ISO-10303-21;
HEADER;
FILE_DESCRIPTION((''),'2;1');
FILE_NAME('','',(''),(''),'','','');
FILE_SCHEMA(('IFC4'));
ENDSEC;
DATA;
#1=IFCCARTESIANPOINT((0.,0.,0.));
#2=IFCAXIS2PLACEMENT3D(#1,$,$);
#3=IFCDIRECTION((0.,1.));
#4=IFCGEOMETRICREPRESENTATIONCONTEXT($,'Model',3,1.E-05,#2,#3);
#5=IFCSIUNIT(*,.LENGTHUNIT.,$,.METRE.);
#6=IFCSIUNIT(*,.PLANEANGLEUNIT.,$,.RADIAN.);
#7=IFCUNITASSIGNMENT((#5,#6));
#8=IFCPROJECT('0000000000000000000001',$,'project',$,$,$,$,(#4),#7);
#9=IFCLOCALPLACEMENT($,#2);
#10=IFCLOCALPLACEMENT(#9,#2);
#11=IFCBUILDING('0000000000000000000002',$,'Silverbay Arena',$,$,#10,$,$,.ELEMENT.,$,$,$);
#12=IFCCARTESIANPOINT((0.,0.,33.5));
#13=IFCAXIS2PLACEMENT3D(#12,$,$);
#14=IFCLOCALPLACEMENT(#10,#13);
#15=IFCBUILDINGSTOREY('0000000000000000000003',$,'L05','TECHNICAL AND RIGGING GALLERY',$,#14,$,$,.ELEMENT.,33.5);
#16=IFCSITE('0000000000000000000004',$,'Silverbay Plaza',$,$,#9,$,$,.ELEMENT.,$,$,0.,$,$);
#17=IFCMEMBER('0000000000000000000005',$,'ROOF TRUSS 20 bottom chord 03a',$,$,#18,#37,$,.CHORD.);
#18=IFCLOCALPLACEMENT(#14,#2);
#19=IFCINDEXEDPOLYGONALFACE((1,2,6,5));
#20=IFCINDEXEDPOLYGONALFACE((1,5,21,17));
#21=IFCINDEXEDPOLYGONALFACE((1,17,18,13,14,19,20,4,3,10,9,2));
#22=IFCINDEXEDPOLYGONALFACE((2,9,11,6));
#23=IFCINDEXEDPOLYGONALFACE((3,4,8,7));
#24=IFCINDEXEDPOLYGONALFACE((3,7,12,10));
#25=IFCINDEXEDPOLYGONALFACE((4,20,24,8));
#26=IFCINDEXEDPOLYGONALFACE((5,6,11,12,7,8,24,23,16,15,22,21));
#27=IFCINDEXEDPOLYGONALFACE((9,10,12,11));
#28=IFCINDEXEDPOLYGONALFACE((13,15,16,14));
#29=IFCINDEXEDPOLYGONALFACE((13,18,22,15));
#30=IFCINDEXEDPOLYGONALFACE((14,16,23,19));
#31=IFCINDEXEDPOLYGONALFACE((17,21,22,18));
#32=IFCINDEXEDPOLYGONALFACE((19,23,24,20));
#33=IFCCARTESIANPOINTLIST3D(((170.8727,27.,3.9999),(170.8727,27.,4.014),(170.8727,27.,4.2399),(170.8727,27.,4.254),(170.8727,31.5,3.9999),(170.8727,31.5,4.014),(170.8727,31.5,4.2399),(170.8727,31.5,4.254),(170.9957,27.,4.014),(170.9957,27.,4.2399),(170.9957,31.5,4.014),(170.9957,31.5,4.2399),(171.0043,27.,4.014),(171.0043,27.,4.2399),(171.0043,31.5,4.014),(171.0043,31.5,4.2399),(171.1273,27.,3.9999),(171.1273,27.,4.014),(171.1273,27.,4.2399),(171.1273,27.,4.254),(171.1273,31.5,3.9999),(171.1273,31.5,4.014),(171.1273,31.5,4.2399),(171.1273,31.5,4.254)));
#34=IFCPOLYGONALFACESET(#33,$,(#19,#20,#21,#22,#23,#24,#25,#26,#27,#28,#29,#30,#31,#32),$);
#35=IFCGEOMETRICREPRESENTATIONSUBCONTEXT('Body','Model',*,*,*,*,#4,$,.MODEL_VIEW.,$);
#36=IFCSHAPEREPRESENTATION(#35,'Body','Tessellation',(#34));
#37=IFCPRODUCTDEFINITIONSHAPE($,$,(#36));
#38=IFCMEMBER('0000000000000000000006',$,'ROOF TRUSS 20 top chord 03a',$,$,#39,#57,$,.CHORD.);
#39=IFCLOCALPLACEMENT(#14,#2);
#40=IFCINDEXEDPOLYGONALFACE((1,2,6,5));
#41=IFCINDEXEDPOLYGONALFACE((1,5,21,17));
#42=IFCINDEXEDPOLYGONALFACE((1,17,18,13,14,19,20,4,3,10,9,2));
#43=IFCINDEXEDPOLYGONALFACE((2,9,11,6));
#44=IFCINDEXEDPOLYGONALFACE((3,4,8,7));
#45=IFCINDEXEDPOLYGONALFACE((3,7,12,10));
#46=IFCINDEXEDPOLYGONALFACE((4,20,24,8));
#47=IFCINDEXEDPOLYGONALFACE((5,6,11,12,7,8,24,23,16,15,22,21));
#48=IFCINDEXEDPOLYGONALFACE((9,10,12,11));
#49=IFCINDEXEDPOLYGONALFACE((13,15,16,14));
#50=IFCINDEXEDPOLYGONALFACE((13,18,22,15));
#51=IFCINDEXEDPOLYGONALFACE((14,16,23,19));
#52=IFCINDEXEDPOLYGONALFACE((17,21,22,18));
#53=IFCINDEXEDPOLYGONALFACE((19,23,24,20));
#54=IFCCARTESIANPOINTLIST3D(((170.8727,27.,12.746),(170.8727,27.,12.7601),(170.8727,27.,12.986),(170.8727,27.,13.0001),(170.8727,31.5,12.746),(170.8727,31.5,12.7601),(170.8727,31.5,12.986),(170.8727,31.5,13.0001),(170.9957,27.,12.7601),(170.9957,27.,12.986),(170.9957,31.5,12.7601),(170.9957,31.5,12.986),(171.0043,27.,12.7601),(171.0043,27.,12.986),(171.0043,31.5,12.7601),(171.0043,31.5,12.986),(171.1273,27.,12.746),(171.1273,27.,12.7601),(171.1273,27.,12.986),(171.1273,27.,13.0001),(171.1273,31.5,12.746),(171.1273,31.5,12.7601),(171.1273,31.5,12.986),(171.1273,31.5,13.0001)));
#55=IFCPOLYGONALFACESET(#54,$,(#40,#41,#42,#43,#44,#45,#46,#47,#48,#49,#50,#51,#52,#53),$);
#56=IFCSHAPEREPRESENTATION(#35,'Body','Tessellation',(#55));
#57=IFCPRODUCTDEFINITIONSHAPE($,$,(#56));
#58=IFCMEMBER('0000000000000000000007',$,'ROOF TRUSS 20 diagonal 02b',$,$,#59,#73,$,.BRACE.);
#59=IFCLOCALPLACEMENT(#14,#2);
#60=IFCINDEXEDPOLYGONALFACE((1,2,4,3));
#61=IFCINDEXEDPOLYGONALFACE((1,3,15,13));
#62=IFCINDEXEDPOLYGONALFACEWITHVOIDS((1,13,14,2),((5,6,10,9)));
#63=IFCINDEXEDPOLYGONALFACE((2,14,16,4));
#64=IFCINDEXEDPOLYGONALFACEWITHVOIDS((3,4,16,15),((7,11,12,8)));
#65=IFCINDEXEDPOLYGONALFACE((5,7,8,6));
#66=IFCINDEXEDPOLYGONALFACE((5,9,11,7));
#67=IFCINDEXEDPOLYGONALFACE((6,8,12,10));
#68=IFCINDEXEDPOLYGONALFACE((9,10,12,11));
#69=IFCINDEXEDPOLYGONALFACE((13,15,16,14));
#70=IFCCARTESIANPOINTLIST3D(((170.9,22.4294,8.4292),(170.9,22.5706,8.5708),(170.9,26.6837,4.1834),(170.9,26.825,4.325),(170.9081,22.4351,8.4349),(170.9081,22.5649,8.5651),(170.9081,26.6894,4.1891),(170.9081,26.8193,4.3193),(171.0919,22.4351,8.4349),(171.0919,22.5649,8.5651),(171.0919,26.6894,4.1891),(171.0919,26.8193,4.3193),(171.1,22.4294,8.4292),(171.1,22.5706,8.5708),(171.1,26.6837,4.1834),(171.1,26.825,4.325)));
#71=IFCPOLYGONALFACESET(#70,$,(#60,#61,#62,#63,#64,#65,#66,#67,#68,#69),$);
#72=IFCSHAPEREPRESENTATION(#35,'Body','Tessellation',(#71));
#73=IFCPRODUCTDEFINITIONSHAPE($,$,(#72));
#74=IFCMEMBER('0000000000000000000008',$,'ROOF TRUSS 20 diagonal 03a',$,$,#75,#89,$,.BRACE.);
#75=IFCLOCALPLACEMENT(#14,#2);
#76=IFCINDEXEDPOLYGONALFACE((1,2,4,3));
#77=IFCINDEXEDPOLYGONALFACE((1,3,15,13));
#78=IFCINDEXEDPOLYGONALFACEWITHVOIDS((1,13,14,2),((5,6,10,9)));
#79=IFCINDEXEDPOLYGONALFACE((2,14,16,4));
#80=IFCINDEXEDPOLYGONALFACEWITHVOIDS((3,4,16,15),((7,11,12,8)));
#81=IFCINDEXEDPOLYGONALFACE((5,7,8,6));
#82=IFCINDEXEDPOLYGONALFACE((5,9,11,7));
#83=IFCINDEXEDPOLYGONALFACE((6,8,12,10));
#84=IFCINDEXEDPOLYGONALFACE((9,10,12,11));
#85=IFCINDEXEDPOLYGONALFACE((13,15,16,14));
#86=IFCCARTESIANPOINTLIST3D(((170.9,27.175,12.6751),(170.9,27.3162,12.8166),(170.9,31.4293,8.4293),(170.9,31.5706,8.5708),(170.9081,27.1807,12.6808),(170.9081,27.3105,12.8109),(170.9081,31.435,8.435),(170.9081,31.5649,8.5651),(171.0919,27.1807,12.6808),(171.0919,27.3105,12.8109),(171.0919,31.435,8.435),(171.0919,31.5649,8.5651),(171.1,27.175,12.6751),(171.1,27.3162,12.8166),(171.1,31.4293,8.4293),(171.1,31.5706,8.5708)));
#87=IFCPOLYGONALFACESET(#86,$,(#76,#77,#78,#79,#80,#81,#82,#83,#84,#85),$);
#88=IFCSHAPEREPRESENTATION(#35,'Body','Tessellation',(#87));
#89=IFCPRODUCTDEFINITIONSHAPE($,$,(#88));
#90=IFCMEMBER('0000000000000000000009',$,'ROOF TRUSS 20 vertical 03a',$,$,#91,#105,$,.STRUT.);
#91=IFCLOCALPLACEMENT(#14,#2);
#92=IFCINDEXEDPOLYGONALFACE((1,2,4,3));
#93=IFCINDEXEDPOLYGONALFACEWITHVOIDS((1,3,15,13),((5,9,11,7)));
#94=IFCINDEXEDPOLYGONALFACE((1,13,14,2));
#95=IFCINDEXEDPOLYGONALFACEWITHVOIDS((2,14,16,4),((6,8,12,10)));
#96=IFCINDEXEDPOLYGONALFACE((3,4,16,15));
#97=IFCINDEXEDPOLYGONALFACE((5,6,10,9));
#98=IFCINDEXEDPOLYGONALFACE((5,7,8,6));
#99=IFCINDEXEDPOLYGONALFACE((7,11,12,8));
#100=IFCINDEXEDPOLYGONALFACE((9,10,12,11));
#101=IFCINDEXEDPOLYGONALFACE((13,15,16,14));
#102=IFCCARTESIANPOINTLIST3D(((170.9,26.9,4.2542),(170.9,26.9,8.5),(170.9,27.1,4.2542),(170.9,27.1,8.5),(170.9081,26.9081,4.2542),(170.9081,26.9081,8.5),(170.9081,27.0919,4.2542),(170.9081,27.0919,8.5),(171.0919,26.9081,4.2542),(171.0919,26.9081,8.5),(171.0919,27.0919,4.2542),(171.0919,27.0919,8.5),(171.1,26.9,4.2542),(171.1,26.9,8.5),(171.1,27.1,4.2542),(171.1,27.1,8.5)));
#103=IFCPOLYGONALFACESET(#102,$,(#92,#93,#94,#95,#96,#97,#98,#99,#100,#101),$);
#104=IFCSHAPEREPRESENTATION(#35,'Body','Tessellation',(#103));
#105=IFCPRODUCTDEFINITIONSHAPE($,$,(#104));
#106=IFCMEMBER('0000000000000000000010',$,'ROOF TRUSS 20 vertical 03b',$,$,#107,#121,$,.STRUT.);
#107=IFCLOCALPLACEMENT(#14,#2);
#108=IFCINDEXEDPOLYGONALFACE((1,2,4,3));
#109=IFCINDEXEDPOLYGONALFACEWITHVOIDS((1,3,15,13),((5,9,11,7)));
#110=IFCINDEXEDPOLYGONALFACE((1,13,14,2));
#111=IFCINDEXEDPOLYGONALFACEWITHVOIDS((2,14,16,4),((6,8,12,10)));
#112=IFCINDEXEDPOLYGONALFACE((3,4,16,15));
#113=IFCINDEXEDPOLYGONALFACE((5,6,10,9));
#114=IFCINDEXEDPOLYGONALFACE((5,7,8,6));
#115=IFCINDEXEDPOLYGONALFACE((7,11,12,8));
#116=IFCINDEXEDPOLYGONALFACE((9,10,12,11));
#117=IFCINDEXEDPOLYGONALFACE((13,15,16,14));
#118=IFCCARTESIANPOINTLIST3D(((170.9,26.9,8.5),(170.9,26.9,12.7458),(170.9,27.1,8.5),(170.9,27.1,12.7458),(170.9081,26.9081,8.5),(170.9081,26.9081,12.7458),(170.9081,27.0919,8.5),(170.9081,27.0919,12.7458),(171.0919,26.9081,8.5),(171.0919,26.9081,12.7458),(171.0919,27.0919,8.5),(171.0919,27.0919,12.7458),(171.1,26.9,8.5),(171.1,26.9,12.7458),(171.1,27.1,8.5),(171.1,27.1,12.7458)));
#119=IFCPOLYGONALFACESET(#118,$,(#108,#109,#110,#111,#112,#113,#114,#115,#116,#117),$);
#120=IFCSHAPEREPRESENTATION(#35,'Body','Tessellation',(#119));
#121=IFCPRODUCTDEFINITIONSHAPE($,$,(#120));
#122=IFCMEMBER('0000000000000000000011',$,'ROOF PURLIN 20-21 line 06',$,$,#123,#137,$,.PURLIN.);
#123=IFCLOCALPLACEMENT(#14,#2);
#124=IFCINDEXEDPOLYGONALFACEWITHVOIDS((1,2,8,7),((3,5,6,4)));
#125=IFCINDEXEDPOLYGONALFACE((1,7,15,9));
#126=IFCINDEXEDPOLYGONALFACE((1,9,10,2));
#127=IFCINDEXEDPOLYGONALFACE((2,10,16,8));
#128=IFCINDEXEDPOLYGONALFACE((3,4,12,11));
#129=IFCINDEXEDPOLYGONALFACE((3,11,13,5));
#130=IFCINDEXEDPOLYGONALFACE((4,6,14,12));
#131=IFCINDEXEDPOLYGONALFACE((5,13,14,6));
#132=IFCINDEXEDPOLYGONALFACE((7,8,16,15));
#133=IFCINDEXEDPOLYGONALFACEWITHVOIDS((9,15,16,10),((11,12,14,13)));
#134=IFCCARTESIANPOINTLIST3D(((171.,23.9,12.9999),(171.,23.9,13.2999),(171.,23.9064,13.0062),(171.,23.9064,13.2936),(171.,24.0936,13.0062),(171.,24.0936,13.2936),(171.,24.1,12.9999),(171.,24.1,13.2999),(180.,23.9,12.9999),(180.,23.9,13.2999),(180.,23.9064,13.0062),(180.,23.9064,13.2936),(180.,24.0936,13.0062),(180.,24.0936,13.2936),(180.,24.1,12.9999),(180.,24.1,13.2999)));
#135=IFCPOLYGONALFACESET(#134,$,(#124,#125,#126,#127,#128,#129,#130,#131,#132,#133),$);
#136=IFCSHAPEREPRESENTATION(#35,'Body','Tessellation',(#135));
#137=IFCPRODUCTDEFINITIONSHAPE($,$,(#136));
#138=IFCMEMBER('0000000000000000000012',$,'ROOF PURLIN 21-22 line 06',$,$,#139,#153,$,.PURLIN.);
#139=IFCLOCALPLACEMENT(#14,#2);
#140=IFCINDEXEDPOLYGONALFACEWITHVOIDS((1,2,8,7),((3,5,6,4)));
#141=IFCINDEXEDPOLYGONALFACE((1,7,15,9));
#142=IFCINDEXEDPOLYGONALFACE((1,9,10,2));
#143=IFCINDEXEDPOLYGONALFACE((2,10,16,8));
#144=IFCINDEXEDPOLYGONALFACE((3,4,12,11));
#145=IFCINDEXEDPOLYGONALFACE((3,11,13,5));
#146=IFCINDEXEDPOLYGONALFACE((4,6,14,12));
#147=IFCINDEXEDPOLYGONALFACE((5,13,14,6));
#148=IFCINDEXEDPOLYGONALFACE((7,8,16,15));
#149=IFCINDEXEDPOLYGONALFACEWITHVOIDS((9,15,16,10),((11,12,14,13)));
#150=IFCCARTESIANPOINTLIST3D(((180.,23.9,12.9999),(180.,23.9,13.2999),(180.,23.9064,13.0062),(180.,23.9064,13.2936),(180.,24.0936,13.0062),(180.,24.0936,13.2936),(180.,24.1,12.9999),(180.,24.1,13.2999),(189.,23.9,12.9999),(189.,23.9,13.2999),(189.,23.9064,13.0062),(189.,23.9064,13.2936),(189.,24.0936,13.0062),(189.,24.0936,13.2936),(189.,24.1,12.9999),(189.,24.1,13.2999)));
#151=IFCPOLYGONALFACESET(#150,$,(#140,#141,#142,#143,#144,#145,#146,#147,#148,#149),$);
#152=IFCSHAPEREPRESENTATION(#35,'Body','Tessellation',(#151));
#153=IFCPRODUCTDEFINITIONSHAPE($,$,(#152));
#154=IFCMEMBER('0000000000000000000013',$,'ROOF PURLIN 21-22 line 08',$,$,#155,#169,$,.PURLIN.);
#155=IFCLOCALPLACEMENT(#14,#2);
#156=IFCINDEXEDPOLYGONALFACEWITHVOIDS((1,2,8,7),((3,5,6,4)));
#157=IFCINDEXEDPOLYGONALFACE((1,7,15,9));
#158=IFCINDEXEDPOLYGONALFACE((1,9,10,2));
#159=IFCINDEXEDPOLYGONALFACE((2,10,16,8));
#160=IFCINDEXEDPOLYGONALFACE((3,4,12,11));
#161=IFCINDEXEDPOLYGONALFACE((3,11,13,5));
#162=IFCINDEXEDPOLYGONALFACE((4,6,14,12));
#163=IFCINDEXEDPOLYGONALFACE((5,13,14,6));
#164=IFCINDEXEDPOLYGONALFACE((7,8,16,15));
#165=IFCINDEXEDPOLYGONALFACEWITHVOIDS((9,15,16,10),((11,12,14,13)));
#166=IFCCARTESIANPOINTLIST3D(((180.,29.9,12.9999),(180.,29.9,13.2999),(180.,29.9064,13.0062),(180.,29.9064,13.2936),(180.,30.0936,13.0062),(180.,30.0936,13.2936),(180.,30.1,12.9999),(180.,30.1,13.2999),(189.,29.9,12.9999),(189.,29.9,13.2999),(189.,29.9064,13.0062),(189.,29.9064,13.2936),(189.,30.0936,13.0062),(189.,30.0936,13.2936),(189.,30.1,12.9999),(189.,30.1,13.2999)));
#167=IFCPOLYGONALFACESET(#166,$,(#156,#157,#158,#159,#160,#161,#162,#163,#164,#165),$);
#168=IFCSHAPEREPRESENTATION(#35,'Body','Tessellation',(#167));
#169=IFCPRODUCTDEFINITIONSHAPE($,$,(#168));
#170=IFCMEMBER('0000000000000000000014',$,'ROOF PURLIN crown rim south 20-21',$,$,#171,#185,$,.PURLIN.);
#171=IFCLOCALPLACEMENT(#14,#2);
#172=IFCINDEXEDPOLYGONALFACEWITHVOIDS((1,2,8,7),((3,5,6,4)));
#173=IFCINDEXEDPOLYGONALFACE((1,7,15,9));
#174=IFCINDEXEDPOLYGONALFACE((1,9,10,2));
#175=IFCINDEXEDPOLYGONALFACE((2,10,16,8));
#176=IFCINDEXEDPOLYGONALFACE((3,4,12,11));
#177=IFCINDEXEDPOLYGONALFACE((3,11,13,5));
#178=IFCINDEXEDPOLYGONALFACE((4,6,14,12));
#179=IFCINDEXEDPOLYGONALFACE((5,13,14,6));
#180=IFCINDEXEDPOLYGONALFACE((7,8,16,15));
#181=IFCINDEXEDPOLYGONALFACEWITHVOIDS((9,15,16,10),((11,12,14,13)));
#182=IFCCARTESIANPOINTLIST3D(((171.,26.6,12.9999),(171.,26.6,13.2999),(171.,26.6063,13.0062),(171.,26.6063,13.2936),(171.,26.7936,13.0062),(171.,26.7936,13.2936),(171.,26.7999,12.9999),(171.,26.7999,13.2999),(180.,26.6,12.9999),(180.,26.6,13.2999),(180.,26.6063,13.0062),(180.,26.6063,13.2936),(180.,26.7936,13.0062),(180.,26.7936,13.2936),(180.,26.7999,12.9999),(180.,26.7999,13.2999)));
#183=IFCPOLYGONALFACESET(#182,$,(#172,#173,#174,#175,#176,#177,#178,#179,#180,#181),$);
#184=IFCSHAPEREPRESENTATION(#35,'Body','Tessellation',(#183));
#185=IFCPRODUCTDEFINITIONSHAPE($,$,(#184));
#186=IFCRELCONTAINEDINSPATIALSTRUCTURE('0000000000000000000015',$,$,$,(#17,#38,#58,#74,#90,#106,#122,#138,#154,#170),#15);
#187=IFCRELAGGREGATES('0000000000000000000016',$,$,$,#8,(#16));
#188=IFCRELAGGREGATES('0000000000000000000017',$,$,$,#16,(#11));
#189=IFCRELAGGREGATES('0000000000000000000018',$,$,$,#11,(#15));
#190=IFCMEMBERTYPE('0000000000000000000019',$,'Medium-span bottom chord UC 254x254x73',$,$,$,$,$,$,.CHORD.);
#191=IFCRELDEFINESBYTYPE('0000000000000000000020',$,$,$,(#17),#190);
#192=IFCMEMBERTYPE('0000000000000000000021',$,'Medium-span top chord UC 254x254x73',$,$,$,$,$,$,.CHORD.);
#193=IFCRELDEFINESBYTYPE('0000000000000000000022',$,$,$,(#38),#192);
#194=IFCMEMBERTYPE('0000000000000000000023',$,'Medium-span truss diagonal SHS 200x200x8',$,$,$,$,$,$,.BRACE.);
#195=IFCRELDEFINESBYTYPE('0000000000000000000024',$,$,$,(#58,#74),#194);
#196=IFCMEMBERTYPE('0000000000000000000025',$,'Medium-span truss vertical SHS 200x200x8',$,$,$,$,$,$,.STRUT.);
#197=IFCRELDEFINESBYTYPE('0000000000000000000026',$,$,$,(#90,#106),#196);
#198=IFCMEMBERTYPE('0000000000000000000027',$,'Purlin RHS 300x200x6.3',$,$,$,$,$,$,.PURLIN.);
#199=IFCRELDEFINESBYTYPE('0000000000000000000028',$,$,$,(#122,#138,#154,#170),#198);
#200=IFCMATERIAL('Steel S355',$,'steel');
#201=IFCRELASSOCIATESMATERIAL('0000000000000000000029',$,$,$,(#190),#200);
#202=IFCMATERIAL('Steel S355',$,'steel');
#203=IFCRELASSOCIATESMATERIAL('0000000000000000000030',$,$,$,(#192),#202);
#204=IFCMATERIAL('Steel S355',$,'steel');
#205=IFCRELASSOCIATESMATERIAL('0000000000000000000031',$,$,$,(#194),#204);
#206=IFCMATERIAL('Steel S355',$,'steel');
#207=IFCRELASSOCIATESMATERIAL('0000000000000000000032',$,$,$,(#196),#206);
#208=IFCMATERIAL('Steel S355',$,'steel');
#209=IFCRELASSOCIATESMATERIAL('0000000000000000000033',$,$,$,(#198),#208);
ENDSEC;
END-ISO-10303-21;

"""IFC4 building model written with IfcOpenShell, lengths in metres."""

from ifc_helpers import new_model, si_unit, direction, frame, origin, origin_2d, place, context, subcontext, project, spatial, hollow_rectangle, i_section, extrude, material, material_profile, profile_set, type_object, element, save


model = new_model("IFC4")

# Units and contexts
model_context = context("Model", 3, precision=1e-05, world=origin(), true_north=direction((0.0, 1.0)))
body_context = subcontext(model_context, "Body", "Model", "MODEL_VIEW")
ifc_project = project(units=[si_unit("LENGTHUNIT", "METRE"), si_unit("PLANEANGLEUNIT", "RADIAN")], contexts=[model_context])

# Site, building, storey
site_placement = place(None, origin())
site = spatial("IfcSite", under=ifc_project, at=site_placement, Name="Silverbay Plaza", CompositionType="ELEMENT", RefElevation=0.0)
building_placement = place(site_placement, origin())
building = spatial("IfcBuilding", under=site, at=building_placement, Name="Silverbay Arena", CompositionType="ELEMENT")
storey_placement = place(building_placement, frame((0.0, 0.0, 33.5)))
storey = spatial("IfcBuildingStorey", under=building, at=storey_placement, Name="L05", Description="TECHNICAL AND RIGGING GALLERY", CompositionType="ELEMENT", Elevation=33.5)

# Members
ifc_material_1 = material(Name="Steel S355", Category="steel")
ifc_material_profile_1 = material_profile(ifc_material_1, i_section(OverallWidth=0.2546, OverallDepth=0.2542, WebThickness=0.0085, FlangeThickness=0.0142, at=origin_2d()), Name="UC 254x254x73")
ifc_profile_set_1 = profile_set([ifc_material_profile_1], Name="Steel S355")
member_type_1 = type_object("IfcMemberType", Name="Medium-span bottom chord UC 254x254x73", PredefinedType="CHORD", material=ifc_profile_set_1)
for number, where, z_axis, x_axis, name in (
    (1, (171.0, 27.0, 4.127), (0.0, 1.0, 0.0), (-1.0, 0.0, 0.0), "ROOF TRUSS 20 bottom chord 03a"),
):
    element("IfcMember", number, at=place(storey_placement, frame(where, z_axis=z_axis, x_axis=x_axis)), inside=storey, type_object=member_type_1, Name=name, PredefinedType="CHORD", context=body_context, shape_type="SweptSolid", body=[
        extrude(i_section(OverallWidth=0.2546, OverallDepth=0.2542, WebThickness=0.0085, FlangeThickness=0.0142, at=origin_2d()), origin(), (0.0, 0.0, 1.0), 4.5),
    ])
ifc_material_2 = material(Name="Steel S355", Category="steel")
ifc_material_profile_2 = material_profile(ifc_material_2, i_section(OverallWidth=0.2546, OverallDepth=0.2542, WebThickness=0.0085, FlangeThickness=0.0142, at=origin_2d()), Name="UC 254x254x73")
ifc_profile_set_2 = profile_set([ifc_material_profile_2], Name="Steel S355")
member_type_2 = type_object("IfcMemberType", Name="Medium-span top chord UC 254x254x73", PredefinedType="CHORD", material=ifc_profile_set_2)
member_placement = place(storey_placement, frame((171.0, 27.0, 12.873), z_axis=(0.0, 1.0, 0.0), x_axis=(-1.0, 0.0, 0.0)))
element("IfcMember", 2, at=member_placement, inside=storey, type_object=member_type_2, Name="ROOF TRUSS 20 top chord 03a", PredefinedType="CHORD", context=body_context, shape_type="SweptSolid", body=[
    extrude(i_section(OverallWidth=0.2546, OverallDepth=0.2542, WebThickness=0.0085, FlangeThickness=0.0142, at=origin_2d()), origin(), (0.0, 0.0, 1.0), 4.5),
])
ifc_material_3 = material(Name="Steel S355", Category="steel")
ifc_material_profile_3 = material_profile(ifc_material_3, hollow_rectangle(XDim=0.2, YDim=0.2, WallThickness=0.0081, at=origin_2d()), Name="SHS 200x200x8")
ifc_profile_set_3 = profile_set([ifc_material_profile_3], Name="Steel S355")
member_type_3 = type_object("IfcMemberType", Name="Medium-span truss diagonal SHS 200x200x8", PredefinedType="BRACE", material=ifc_profile_set_3)
for number, where, z_axis, x_axis, name in (
    (3, (171.0, 22.5, 8.5), (0.0, 0.707817, -0.706396), (-1.0, 0.0, 0.0), "ROOF TRUSS 20 diagonal 02b"),
    (4, (171.0, 27.2456, 12.7458), (0.0, 0.707817, -0.706396), (-1.0, 0.0, 0.0), "ROOF TRUSS 20 diagonal 03a"),
):
    element("IfcMember", number, at=place(storey_placement, frame(where, z_axis=z_axis, x_axis=x_axis)), inside=storey, type_object=member_type_3, Name=name, PredefinedType="BRACE", context=body_context, shape_type="SweptSolid", body=[
        extrude(hollow_rectangle(XDim=0.2, YDim=0.2, WallThickness=0.0081, at=origin_2d()), origin(), (0.0, 0.0, 1.0), 6.0105),
    ])
ifc_material_4 = material(Name="Steel S355", Category="steel")
ifc_material_profile_4 = material_profile(ifc_material_4, hollow_rectangle(XDim=0.2, YDim=0.2, WallThickness=0.0081, at=origin_2d()), Name="SHS 200x200x8")
ifc_profile_set_4 = profile_set([ifc_material_profile_4], Name="Steel S355")
member_type_4 = type_object("IfcMemberType", Name="Medium-span truss vertical SHS 200x200x8", PredefinedType="STRUT", material=ifc_profile_set_4)
for number, where, z_axis, x_axis, name in (
    (5, (171.0, 27.0, 4.2542), (0.0, 0.0, 1.0), (1.0, 0.0, 0.0), "ROOF TRUSS 20 vertical 03a"),
    (6, (171.0, 27.0, 8.5), (0.0, 0.0, 1.0), (1.0, 0.0, 0.0), "ROOF TRUSS 20 vertical 03b"),
):
    element("IfcMember", number, at=place(storey_placement, frame(where, z_axis=z_axis, x_axis=x_axis)), inside=storey, type_object=member_type_4, Name=name, PredefinedType="STRUT", context=body_context, shape_type="SweptSolid", body=[
        extrude(hollow_rectangle(XDim=0.2, YDim=0.2, WallThickness=0.0081, at=origin_2d()), origin(), (0.0, 0.0, 1.0), 4.2458),
    ])
ifc_material_5 = material(Name="Steel S355", Category="steel")
ifc_material_profile_5 = material_profile(ifc_material_5, hollow_rectangle(XDim=0.2, YDim=0.3, WallThickness=0.0063, at=origin_2d()), Name="RHS 300x200x6.3")
ifc_profile_set_5 = profile_set([ifc_material_profile_5], Name="Steel S355")
member_type_5 = type_object("IfcMemberType", Name="Purlin RHS 300x200x6.3", PredefinedType="PURLIN", material=ifc_profile_set_5)
for number, where, z_axis, x_axis, name in (
    (7, (171.0, 24.0, 13.1499), (1.0, 0.0, 0.0), (0.0, 1.0, 0.0), "ROOF PURLIN 20-21 line 06"),
    (8, (180.0, 24.0, 13.1499), (1.0, 0.0, 0.0), (0.0, 1.0, 0.0), "ROOF PURLIN 21-22 line 06"),
    (9, (180.0, 30.0, 13.1499), (1.0, 0.0, 0.0), (0.0, 1.0, 0.0), "ROOF PURLIN 21-22 line 08"),
    (10, (171.0, 26.7, 13.1499), (1.0, 0.0, 0.0), (0.0, 1.0, 0.0), "ROOF PURLIN crown rim south 20-21"),
):
    element("IfcMember", number, at=place(storey_placement, frame(where, z_axis=z_axis, x_axis=x_axis)), inside=storey, type_object=member_type_5, Name=name, PredefinedType="PURLIN", context=body_context, shape_type="SweptSolid", body=[
        extrude(hollow_rectangle(XDim=0.2, YDim=0.3, WallThickness=0.0063, at=origin_2d()), origin(), (0.0, 0.0, 1.0), 9.0),
    ])

save(model, "model.ifc")
